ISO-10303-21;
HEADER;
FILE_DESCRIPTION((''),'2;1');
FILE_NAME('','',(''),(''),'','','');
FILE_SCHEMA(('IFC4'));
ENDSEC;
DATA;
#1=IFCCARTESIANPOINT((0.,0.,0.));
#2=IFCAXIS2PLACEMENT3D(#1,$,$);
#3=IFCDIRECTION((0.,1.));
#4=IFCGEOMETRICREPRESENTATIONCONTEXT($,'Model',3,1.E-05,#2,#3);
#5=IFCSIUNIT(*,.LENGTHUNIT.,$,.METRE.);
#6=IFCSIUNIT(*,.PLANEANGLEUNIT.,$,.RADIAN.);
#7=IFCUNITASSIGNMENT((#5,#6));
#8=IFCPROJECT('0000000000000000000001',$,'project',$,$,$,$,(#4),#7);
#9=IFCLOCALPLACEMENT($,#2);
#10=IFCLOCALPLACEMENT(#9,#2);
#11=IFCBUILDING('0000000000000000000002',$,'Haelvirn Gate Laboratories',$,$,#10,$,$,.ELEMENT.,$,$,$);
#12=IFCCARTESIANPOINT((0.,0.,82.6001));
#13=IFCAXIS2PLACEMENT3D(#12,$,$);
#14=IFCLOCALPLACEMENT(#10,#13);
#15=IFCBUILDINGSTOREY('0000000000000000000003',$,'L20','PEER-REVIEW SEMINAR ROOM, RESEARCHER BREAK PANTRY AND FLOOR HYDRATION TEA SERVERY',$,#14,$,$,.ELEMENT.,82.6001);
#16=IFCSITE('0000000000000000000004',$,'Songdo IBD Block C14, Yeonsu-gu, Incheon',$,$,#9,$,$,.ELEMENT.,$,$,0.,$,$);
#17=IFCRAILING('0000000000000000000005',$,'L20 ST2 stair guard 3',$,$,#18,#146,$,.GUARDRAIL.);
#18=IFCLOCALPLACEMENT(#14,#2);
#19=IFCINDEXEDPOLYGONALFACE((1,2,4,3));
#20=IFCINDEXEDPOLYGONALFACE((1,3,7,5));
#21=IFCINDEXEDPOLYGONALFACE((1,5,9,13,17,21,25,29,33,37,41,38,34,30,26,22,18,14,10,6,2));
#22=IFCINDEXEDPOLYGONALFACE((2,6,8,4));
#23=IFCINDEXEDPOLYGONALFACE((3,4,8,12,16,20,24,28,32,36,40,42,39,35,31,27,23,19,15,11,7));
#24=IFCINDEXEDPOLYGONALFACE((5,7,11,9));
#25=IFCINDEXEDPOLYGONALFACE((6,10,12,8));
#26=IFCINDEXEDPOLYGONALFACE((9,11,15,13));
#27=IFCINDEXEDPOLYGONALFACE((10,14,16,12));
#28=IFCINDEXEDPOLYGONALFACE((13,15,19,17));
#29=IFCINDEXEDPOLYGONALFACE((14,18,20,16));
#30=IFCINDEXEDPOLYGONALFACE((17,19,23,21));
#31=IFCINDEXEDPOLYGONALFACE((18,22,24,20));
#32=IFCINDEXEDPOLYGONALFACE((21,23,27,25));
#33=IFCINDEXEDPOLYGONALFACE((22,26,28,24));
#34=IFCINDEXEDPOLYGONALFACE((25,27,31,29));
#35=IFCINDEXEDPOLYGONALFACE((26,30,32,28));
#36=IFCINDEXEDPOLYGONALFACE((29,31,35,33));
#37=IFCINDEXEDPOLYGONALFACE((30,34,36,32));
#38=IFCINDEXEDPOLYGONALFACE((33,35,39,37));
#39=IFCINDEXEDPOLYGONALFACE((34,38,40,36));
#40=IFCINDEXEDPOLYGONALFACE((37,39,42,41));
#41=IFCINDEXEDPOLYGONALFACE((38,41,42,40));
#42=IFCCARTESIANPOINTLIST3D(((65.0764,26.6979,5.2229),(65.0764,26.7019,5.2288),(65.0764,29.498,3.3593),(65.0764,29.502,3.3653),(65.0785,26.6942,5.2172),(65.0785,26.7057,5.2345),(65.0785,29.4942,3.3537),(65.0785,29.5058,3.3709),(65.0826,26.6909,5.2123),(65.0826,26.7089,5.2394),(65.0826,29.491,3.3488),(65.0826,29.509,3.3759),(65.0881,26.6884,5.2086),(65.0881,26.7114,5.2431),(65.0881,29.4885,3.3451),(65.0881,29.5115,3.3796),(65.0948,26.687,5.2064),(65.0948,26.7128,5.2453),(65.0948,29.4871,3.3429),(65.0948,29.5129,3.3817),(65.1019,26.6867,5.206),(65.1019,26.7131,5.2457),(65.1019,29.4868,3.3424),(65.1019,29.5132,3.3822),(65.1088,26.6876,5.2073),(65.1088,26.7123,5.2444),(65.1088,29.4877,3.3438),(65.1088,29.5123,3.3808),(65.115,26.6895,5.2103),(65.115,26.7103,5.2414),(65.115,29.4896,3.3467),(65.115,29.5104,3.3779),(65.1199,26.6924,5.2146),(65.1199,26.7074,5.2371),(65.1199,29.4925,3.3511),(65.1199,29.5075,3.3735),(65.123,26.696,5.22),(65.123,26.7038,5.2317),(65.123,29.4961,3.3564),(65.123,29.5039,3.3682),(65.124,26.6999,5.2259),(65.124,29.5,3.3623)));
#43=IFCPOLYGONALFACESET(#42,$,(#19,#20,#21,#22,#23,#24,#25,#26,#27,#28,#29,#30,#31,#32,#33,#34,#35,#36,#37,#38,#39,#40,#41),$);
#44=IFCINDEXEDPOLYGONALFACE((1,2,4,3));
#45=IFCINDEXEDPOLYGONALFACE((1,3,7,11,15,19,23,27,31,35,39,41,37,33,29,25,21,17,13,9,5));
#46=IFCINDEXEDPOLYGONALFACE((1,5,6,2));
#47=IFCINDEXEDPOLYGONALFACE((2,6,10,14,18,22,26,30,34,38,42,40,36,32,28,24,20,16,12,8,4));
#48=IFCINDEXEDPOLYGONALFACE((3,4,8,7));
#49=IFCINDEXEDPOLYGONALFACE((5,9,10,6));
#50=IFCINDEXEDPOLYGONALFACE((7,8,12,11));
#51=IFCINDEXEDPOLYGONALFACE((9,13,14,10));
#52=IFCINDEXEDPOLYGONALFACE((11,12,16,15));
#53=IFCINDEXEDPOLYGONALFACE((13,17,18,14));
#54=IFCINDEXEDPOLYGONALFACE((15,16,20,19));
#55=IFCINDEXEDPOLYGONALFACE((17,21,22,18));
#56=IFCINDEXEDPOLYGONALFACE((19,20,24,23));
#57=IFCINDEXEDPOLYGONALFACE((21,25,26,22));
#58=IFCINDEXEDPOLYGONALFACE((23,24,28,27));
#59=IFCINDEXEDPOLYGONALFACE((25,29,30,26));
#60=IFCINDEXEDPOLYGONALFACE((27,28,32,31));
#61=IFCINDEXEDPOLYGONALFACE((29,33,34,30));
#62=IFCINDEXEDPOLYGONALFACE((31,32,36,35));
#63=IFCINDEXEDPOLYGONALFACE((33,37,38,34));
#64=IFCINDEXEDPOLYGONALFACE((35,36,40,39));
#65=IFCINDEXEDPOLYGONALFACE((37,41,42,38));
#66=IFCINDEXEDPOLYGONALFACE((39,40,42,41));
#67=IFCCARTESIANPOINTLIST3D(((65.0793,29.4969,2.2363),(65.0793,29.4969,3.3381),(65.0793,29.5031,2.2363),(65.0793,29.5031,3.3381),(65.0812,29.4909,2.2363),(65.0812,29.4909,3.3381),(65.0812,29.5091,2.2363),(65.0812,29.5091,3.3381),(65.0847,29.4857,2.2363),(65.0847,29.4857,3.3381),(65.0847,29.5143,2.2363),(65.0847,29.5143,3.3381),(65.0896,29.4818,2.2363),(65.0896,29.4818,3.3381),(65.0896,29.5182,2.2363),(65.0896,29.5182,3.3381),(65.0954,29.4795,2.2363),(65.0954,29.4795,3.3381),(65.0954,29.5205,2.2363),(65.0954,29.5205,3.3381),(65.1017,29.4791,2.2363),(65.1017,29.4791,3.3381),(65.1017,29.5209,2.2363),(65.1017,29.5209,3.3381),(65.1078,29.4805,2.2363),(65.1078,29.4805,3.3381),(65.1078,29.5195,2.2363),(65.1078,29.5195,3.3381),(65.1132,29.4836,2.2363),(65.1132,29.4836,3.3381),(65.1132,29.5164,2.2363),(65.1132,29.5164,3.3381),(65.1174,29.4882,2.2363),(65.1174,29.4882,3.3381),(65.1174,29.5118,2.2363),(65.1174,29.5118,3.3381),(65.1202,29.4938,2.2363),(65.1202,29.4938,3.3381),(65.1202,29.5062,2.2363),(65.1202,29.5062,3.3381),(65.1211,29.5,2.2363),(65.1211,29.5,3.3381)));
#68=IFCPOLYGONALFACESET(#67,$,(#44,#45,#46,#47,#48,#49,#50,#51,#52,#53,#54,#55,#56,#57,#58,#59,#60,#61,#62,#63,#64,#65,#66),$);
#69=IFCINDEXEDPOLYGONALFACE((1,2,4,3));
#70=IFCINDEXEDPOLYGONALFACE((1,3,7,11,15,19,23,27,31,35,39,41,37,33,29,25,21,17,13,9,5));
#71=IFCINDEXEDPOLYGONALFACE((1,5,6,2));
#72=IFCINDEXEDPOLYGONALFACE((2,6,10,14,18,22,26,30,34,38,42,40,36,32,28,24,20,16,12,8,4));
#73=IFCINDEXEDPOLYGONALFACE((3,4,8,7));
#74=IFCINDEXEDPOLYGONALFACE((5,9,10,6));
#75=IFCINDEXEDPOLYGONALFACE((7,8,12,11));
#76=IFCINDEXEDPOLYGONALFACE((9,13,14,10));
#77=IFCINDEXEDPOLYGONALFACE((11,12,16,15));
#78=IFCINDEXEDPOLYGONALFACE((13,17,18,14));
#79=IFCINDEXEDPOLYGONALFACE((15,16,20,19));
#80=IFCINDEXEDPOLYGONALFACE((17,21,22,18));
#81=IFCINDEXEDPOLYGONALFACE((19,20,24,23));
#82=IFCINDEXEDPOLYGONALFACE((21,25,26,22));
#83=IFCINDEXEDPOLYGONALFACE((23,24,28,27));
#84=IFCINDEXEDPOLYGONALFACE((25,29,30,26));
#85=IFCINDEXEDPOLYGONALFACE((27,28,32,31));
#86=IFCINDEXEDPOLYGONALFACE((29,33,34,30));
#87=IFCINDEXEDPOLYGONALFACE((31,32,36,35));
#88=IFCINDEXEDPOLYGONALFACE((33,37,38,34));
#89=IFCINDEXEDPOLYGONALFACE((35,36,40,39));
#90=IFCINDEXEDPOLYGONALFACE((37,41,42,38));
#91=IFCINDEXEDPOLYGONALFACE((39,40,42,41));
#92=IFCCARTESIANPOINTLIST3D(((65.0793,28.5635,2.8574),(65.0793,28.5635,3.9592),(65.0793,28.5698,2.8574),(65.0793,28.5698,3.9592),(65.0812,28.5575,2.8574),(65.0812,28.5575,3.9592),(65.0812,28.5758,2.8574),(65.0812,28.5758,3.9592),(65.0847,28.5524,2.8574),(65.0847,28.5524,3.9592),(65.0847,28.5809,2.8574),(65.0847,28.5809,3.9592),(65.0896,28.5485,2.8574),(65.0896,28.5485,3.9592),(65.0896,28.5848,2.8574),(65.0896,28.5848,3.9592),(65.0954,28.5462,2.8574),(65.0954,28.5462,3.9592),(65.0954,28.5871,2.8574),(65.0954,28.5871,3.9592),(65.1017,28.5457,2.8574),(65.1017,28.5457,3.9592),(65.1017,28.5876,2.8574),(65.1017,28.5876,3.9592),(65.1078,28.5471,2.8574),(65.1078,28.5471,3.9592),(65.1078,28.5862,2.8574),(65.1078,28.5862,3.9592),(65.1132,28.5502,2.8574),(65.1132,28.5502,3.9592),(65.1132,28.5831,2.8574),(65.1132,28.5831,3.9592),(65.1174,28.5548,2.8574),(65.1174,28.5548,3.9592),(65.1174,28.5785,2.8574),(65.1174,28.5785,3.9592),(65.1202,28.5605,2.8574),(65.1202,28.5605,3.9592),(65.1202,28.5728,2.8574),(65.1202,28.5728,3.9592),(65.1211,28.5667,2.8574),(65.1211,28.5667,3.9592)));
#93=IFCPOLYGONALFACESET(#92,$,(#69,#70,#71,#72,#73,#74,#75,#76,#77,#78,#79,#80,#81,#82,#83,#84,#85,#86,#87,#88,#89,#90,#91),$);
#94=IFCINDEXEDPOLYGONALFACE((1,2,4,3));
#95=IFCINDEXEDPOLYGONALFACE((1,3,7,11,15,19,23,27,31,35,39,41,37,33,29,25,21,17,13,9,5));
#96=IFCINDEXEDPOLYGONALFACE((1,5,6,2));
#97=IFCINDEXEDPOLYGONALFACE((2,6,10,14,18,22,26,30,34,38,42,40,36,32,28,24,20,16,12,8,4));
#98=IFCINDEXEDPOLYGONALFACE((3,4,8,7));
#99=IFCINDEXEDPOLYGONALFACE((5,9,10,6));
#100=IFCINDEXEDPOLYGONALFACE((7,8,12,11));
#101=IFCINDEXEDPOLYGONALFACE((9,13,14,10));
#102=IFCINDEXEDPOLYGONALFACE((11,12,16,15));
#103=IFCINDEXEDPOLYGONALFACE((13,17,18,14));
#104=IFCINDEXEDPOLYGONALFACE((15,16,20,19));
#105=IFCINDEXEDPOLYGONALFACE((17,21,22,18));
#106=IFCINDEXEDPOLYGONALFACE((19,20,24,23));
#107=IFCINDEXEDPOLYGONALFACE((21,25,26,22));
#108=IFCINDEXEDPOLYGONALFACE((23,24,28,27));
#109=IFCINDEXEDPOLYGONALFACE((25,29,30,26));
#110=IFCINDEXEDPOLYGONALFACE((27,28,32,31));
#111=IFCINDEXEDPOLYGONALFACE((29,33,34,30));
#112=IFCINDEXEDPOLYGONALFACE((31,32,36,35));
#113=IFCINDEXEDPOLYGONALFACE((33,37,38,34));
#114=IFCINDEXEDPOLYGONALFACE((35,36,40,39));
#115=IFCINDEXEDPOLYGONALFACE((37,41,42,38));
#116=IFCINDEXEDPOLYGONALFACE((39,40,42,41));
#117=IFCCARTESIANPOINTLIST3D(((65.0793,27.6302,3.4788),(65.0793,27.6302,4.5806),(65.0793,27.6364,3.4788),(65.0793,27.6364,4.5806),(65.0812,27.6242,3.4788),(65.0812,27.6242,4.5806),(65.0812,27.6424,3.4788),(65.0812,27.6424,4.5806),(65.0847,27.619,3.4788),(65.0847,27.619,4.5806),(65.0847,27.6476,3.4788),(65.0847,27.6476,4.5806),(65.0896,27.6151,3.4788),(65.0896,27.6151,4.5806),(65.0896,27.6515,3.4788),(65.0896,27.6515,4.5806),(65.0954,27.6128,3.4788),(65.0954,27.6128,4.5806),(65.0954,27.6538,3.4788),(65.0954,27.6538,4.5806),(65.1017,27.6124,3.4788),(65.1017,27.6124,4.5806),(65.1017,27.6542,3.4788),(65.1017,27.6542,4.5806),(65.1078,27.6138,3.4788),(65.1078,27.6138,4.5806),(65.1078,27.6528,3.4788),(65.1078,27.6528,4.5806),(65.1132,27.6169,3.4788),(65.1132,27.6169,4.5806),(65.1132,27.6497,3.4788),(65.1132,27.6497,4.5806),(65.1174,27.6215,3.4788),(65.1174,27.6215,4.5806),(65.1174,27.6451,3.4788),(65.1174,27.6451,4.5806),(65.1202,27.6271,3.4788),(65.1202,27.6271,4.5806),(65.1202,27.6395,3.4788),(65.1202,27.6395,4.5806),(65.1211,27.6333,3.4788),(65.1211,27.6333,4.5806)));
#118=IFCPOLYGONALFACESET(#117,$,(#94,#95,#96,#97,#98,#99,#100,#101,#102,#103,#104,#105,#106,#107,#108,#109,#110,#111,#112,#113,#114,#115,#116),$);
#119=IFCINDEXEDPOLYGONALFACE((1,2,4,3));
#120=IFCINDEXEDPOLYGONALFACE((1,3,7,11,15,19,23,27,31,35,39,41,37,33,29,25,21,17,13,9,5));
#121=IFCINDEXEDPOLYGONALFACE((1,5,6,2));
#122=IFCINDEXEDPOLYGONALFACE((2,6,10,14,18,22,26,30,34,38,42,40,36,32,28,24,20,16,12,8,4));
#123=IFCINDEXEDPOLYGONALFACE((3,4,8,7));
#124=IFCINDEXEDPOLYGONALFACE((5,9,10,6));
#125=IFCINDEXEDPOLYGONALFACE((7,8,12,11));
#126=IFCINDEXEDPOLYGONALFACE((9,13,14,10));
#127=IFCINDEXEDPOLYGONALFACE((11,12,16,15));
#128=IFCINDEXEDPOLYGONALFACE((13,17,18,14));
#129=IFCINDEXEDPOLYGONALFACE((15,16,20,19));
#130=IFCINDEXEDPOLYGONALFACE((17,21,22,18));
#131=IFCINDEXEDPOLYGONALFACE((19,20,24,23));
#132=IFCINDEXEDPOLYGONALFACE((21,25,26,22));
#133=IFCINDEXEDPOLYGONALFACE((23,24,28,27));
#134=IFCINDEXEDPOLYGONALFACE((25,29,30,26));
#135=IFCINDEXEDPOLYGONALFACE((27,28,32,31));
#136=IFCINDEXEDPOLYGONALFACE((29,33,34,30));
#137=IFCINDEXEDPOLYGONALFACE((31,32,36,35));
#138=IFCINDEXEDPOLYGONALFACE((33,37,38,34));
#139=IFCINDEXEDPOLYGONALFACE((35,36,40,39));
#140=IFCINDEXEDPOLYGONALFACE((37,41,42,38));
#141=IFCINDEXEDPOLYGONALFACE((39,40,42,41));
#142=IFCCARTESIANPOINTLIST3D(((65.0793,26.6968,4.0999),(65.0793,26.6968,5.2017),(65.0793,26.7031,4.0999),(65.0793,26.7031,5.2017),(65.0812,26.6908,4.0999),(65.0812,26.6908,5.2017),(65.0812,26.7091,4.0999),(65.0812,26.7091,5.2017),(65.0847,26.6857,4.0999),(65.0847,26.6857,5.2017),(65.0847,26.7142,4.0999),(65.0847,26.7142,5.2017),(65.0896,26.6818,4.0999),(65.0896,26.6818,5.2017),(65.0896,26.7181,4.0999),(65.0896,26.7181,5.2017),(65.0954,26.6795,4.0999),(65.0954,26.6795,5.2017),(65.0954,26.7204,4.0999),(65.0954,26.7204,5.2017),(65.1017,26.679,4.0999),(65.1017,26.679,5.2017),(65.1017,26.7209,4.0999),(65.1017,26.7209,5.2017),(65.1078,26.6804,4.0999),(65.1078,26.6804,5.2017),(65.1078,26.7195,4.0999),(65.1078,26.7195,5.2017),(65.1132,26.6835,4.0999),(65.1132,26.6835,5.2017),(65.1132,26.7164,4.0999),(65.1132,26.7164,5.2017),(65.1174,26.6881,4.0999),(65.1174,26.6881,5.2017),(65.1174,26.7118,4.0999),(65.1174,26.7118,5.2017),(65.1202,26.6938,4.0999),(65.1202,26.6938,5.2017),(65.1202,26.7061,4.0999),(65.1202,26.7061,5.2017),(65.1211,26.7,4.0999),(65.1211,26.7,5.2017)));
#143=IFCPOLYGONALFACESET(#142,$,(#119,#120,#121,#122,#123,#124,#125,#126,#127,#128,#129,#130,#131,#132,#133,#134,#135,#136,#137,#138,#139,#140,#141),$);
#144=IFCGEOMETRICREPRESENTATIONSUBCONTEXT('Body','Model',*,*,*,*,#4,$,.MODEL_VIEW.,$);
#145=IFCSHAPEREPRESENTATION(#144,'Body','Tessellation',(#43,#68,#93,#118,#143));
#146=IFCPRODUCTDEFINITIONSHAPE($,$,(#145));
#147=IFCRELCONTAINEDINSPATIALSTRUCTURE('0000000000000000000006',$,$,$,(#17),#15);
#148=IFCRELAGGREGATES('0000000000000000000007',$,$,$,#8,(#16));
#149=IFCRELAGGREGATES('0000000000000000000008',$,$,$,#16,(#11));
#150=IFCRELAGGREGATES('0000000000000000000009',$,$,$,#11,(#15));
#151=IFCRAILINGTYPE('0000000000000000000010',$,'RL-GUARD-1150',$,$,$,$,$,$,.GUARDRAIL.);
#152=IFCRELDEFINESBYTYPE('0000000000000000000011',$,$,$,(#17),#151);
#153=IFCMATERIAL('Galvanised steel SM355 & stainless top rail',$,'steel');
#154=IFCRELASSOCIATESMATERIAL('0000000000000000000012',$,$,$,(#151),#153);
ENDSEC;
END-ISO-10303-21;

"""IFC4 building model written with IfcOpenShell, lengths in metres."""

from ifc_helpers import new_model, si_unit, direction, frame, origin, origin_2d, place, context, subcontext, project, spatial, circle, extrude, source, transform, mapped, material, type_object, element, save


model = new_model("IFC4")

# Units and contexts
model_context = context("Model", 3, precision=1e-05, world=origin(), true_north=direction((0.0, 1.0)))
body_context = subcontext(model_context, "Body", "Model", "MODEL_VIEW")
ifc_project = project(units=[si_unit("LENGTHUNIT", "METRE"), si_unit("PLANEANGLEUNIT", "RADIAN")], contexts=[model_context])

# Site, building, storey
site_placement = place(None, origin())
site = spatial("IfcSite", under=ifc_project, at=site_placement, Name="Songdo IBD Block C14, Yeonsu-gu, Incheon", CompositionType="ELEMENT", RefElevation=0.0)
building_placement = place(site_placement, origin())
building = spatial("IfcBuilding", under=site, at=building_placement, Name="Haelvirn Gate Laboratories", CompositionType="ELEMENT")
storey_placement = place(building_placement, frame((0.0, 0.0, 82.6001)))
storey = spatial("IfcBuildingStorey", under=building, at=storey_placement, Name="L20", Description="PEER-REVIEW SEMINAR ROOM, RESEARCHER BREAK PANTRY AND FLOOR HYDRATION TEA SERVERY", CompositionType="ELEMENT", Elevation=82.6001)

# Railing
ifc_material_1 = material(Name="Galvanised steel SM355 & stainless top rail", Category="steel")
railing_type_1 = type_object("IfcRailingType", Name="RL-GUARD-1150", PredefinedType="GUARDRAIL", material=ifc_material_1)
shared_shape_1 = source(origin(), body_context, "Body", "SweptSolid", [
    extrude(circle(Radius=0.0239, at=origin_2d()), frame((0.0, 0.0, 1.126), z_axis=(0.0, -0.832486, 0.554047), x_axis=(1.0, 0.0, 0.0)), (0.0, 0.0, 1.0), 3.3635),
    extrude(circle(Radius=0.021, at=origin_2d()), origin(), (0.0, 0.0, 1.0), 1.1018),
    extrude(circle(Radius=0.021, at=origin_2d()), frame((0.0, -0.9333, 0.6211)), (0.0, 0.0, 1.0), 1.1018),
    extrude(circle(Radius=0.021, at=origin_2d()), frame((0.0, -1.8667, 1.2424)), (0.0, 0.0, 1.0), 1.1018),
    extrude(circle(Radius=0.021, at=origin_2d()), frame((0.0, -2.8, 1.8635)), (0.0, 0.0, 1.0), 1.1018),
])
railing_1_placement = place(storey_placement, frame((65.1001, 29.5, 2.2363)))
element("IfcRailing", 1, at=railing_1_placement, inside=storey, type_object=railing_type_1, Name="L20 ST2 stair guard 3", PredefinedType="GUARDRAIL", context=body_context, shape_type="MappedRepresentation", body=[
    mapped(shared_shape_1, transform((0.0, 0.0, 0.0), scale=1.0)),
])

save(model, "model.ifc")
